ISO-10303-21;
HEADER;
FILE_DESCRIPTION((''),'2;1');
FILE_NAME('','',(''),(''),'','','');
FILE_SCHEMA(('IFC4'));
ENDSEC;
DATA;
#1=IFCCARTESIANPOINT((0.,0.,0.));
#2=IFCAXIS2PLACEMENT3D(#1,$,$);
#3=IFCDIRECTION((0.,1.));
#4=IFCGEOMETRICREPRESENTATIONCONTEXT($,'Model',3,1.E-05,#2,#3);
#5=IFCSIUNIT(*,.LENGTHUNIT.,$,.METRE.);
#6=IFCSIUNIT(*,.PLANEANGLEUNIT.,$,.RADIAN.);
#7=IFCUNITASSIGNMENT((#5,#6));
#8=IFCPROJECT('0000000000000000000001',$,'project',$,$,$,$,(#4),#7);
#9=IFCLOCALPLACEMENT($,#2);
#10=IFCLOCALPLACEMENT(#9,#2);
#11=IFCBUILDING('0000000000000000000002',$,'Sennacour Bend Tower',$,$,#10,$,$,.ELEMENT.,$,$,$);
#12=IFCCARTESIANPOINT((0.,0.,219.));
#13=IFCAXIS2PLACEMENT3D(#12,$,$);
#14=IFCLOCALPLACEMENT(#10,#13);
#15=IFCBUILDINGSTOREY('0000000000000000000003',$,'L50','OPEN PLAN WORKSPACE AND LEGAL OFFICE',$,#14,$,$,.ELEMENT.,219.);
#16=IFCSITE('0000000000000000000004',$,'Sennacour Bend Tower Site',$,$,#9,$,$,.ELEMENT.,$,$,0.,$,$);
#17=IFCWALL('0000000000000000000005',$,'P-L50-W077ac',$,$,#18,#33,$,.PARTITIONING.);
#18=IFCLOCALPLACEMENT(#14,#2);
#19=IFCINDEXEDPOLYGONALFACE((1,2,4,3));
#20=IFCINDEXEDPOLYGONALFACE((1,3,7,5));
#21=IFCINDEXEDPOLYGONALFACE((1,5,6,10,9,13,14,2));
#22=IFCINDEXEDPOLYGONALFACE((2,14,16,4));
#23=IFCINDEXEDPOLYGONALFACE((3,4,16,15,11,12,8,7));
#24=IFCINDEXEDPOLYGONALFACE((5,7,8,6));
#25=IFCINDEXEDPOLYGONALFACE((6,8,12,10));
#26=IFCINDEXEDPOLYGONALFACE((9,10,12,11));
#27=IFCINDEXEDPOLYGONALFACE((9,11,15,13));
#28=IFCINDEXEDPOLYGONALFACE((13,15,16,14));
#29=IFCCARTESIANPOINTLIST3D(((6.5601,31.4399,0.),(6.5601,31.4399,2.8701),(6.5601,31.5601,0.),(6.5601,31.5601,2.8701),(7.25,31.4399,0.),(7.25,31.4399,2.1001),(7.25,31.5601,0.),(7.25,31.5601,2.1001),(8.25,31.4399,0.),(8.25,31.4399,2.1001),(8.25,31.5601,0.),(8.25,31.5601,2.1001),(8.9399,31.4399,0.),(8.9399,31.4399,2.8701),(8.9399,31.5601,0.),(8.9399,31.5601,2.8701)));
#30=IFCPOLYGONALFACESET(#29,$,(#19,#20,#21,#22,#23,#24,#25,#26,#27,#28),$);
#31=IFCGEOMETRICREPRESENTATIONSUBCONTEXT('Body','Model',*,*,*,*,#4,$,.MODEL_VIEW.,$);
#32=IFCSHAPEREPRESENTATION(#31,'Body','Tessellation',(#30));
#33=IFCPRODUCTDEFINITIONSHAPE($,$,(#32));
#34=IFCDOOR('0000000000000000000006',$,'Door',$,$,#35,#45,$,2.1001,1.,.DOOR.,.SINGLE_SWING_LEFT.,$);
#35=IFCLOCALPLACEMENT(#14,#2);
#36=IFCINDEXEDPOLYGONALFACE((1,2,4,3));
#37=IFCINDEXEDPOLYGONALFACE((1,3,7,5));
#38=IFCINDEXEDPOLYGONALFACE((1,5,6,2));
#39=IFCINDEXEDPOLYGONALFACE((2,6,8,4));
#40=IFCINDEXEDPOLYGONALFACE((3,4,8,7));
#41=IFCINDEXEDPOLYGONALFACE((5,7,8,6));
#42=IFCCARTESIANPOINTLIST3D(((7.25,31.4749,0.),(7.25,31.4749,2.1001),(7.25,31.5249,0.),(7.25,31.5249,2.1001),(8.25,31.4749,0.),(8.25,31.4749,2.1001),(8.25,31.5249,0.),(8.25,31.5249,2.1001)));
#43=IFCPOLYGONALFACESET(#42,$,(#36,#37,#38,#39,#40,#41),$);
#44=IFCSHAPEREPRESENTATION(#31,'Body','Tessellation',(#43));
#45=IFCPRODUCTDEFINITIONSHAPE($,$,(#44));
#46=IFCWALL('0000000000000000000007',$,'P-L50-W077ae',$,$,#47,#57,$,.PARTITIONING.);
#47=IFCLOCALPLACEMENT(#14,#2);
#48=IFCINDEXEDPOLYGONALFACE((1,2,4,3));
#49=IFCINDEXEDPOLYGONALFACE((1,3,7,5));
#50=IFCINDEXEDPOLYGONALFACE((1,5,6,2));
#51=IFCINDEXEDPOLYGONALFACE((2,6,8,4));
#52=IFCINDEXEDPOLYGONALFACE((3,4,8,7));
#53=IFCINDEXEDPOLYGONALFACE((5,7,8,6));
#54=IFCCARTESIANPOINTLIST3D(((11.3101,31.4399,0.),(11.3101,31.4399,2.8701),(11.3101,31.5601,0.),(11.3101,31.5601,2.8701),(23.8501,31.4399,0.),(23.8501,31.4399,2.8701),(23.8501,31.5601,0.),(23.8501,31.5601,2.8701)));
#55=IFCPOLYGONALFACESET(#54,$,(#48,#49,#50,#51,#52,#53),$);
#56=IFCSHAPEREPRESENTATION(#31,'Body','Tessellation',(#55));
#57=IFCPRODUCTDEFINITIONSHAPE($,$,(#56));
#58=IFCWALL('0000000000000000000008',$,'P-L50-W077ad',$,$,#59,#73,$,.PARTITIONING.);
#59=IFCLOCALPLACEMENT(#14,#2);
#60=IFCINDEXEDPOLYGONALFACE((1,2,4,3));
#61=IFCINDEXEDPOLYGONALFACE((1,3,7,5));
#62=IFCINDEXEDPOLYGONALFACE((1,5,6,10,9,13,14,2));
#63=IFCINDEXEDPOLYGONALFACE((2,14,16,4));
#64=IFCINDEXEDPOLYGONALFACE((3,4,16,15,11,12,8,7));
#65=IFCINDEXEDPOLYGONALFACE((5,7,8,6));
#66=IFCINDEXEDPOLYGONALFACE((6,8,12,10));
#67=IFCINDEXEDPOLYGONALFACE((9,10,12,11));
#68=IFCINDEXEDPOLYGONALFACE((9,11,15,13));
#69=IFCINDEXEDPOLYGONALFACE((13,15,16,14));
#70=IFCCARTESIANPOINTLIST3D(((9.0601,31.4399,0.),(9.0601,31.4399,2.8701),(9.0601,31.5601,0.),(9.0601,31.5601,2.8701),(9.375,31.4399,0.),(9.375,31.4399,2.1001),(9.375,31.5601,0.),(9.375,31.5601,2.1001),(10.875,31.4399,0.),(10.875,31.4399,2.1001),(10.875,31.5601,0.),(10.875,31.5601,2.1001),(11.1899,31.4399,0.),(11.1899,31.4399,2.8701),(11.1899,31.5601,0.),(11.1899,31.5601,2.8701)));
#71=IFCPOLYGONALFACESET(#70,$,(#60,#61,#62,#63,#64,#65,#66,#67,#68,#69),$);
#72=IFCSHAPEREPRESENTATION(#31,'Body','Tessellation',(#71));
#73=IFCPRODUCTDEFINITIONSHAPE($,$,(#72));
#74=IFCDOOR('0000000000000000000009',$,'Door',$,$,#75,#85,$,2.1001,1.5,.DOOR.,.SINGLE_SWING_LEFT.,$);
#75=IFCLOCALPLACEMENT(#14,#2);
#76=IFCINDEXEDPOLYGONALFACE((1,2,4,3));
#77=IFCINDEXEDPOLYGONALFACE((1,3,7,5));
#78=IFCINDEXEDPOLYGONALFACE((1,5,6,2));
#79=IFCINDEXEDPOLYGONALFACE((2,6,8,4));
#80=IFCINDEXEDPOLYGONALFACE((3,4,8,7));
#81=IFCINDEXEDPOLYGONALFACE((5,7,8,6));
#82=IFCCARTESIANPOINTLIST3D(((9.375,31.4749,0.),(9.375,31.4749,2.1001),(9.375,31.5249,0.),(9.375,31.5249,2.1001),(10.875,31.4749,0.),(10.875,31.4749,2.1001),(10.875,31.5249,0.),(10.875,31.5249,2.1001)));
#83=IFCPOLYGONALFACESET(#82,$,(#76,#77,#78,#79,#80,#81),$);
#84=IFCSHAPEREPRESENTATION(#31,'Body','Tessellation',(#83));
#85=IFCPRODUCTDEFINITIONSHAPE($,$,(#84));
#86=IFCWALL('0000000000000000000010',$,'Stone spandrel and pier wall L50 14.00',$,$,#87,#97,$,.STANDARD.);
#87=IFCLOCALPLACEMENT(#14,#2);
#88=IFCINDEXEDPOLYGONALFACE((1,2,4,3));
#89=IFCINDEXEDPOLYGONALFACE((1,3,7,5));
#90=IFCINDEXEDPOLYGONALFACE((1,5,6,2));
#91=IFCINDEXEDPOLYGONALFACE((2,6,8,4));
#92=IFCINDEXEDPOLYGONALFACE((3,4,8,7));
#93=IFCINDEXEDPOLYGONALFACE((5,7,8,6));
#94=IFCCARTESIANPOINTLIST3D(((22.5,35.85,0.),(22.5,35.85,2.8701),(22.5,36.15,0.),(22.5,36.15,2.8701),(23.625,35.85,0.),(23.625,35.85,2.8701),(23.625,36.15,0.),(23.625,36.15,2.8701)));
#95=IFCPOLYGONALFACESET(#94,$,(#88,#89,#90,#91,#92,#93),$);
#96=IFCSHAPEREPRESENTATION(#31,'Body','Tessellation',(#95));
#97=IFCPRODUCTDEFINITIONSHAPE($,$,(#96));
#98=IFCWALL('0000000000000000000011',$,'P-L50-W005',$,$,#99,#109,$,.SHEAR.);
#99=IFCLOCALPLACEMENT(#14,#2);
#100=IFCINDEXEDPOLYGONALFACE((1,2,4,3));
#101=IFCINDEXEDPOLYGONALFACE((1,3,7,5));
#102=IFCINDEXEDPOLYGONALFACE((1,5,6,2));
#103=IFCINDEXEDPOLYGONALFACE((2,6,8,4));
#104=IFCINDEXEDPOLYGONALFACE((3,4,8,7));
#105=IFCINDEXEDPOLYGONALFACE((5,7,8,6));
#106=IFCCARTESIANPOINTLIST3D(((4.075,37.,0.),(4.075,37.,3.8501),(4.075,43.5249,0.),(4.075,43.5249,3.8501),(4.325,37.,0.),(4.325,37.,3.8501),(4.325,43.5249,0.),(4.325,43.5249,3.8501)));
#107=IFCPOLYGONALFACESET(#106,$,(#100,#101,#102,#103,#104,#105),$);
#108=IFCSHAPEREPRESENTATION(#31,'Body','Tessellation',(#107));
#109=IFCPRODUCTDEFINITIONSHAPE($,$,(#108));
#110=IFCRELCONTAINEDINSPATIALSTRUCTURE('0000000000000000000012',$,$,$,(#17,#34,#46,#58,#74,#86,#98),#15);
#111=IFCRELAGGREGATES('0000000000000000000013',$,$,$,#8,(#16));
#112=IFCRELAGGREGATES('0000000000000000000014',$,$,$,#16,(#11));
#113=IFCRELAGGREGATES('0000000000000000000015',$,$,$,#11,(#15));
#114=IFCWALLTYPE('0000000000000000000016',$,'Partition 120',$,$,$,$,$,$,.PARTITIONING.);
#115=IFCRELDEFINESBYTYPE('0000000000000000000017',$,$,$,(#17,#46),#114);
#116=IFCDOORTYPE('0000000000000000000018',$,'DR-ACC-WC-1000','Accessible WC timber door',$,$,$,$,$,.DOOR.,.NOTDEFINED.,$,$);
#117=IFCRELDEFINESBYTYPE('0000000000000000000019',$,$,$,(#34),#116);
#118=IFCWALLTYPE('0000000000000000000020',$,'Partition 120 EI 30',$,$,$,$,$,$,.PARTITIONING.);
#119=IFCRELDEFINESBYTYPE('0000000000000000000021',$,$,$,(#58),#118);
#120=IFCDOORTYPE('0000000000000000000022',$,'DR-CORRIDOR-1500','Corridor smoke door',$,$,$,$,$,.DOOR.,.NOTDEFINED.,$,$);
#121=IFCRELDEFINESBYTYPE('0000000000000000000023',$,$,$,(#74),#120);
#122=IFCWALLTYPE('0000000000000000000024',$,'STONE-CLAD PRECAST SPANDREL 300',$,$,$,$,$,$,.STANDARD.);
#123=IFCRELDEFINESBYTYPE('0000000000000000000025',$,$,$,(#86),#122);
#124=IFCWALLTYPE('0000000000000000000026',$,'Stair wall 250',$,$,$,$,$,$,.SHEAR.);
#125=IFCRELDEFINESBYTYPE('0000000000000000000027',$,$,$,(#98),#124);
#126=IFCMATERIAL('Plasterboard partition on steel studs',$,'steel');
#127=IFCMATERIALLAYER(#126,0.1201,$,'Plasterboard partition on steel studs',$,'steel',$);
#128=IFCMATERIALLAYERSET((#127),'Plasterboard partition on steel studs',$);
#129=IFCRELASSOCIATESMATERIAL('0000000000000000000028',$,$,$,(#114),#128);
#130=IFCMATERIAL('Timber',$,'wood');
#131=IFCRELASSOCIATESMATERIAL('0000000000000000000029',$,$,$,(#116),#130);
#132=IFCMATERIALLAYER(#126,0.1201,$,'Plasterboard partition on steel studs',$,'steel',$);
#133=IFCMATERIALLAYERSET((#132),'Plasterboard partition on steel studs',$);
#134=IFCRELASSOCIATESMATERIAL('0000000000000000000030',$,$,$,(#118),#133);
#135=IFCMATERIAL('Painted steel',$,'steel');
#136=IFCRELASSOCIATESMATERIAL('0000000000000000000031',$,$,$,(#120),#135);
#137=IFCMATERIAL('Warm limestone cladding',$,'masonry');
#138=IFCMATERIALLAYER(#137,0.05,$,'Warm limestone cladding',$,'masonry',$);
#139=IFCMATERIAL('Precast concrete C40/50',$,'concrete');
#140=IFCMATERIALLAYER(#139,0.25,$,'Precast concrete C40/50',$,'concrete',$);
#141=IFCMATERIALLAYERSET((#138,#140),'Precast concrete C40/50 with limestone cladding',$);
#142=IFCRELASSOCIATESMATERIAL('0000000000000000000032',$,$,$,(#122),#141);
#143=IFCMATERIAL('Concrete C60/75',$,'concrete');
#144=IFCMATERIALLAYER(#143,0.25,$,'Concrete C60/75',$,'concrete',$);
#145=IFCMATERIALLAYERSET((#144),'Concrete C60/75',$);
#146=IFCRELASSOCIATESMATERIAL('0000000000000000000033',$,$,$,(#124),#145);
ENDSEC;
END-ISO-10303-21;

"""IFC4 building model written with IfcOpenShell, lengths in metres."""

from ifc_helpers import new_model, si_unit, direction, frame, frame_2d, origin, place, context, subcontext, project, spatial, rectangle, extrude, material, layer, layer_set, type_object, element, fill, save


model = new_model("IFC4")

# Units and contexts
model_context = context("Model", 3, precision=1e-05, world=origin(), true_north=direction((0.0, 1.0)))
body_context = subcontext(model_context, "Body", "Model", "MODEL_VIEW")
ifc_project = project(units=[si_unit("LENGTHUNIT", "METRE"), si_unit("PLANEANGLEUNIT", "RADIAN")], contexts=[model_context])

# Site, building, storey
site_placement = place(None, origin())
site = spatial("IfcSite", under=ifc_project, at=site_placement, Name="Sennacour Bend Tower Site", CompositionType="ELEMENT", RefElevation=0.0)
building_placement = place(site_placement, origin())
building = spatial("IfcBuilding", under=site, at=building_placement, Name="Sennacour Bend Tower", CompositionType="ELEMENT")
storey_placement = place(building_placement, frame((0.0, 0.0, 219.0)))
storey = spatial("IfcBuildingStorey", under=building, at=storey_placement, Name="L50", Description="OPEN PLAN WORKSPACE AND LEGAL OFFICE", CompositionType="ELEMENT", Elevation=219.0)

# Shared definitions
ifc_material_1 = material(Name="Plasterboard partition on steel studs", Category="steel")
ifc_layer_1 = layer(ifc_material_1, 0.1201, Name="Plasterboard partition on steel studs", Category="steel")
ifc_layer_set_1 = layer_set([ifc_layer_1], Name="Plasterboard partition on steel studs")
wall_type_1 = type_object("IfcWallType", Name="Partition 120", PredefinedType="PARTITIONING", material=ifc_layer_set_1)

# Wall, opening, door
wall_1_placement = place(storey_placement, frame((6.5601, 31.5, 0.0), z_axis=(0.0, 0.0, 1.0), x_axis=(1.0, 0.0, 0.0)))
wall_1 = element("IfcWall", 1, at=wall_1_placement, inside=storey, type_object=wall_type_1, Name="P-L50-W077ac", PredefinedType="PARTITIONING", context=body_context, shape_type="SweptSolid", body=[
    extrude(rectangle(XDim=2.3799, YDim=0.1201, at=frame_2d((1.1899, 0.0))), origin(), (0.0, 0.0, 1.0), 2.8701),
])
opening_1_placement = place(wall_1_placement, frame((0.6899, 0.0, 0.0)))
opening_1 = element("IfcOpeningElement", 2, at=opening_1_placement, cuts=wall_1, PredefinedType="OPENING", context=body_context, shape_type="SweptSolid", body=[
    extrude(rectangle(XDim=1.0, YDim=2.1001, at=frame_2d((0.5, 1.05))), frame((0.0, 0.0701, 0.0), z_axis=(0.0, -1.0, 0.0), x_axis=(1.0, 0.0, 0.0)), (0.0, 0.0, 1.0), 0.1401),
])
ifc_material_2 = material(Name="Timber", Category="wood")
door_type_1 = type_object("IfcDoorType", Name="DR-ACC-WC-1000", Description="Accessible WC timber door", OperationType="NOTDEFINED", PredefinedType="DOOR", material=ifc_material_2)
door_1_placement = place(opening_1_placement, origin())
door_1 = element("IfcDoor", 3, at=door_1_placement, inside=storey, type_object=door_type_1, Name="Door", OperationType="SINGLE_SWING_LEFT", OverallHeight=2.1001, OverallWidth=1.0, PredefinedType="DOOR", context=body_context, shape_type="SweptSolid", body=[
    extrude(rectangle(XDim=1.0, YDim=2.1001, at=frame_2d((0.5, 1.05))), frame((0.0, 0.0249, 0.0), z_axis=(0.0, -1.0, 0.0), x_axis=(1.0, 0.0, 0.0)), (0.0, 0.0, 1.0), 0.05),
])
fill(opening_1, door_1)

# Wall
wall_2_placement = place(storey_placement, frame((11.3101, 31.5, 0.0), z_axis=(0.0, 0.0, 1.0), x_axis=(1.0, 0.0, 0.0)))
element("IfcWall", 4, at=wall_2_placement, inside=storey, type_object=wall_type_1, Name="P-L50-W077ae", PredefinedType="PARTITIONING", context=body_context, shape_type="SweptSolid", body=[
    extrude(rectangle(XDim=12.54, YDim=0.1201, at=frame_2d((6.27, 0.0))), origin(), (0.0, 0.0, 1.0), 2.8701),
])

# Wall, opening, door
ifc_layer_2 = layer(ifc_material_1, 0.1201, Name="Plasterboard partition on steel studs", Category="steel")
ifc_layer_set_2 = layer_set([ifc_layer_2], Name="Plasterboard partition on steel studs")
wall_type_2 = type_object("IfcWallType", Name="Partition 120 EI 30", PredefinedType="PARTITIONING", material=ifc_layer_set_2)
wall_3_placement = place(storey_placement, frame((9.0601, 31.5, 0.0), z_axis=(0.0, 0.0, 1.0), x_axis=(1.0, 0.0, 0.0)))
wall_3 = element("IfcWall", 5, at=wall_3_placement, inside=storey, type_object=wall_type_2, Name="P-L50-W077ad", PredefinedType="PARTITIONING", context=body_context, shape_type="SweptSolid", body=[
    extrude(rectangle(XDim=2.1299, YDim=0.1201, at=frame_2d((1.0649, 0.0))), origin(), (0.0, 0.0, 1.0), 2.8701),
])
opening_2_placement = place(wall_3_placement, frame((0.3149, 0.0, 0.0)))
opening_2 = element("IfcOpeningElement", 6, at=opening_2_placement, cuts=wall_3, PredefinedType="OPENING", context=body_context, shape_type="SweptSolid", body=[
    extrude(rectangle(XDim=1.5, YDim=2.1001, at=frame_2d((0.75, 1.05))), frame((0.0, 0.0701, 0.0), z_axis=(0.0, -1.0, 0.0), x_axis=(1.0, 0.0, 0.0)), (0.0, 0.0, 1.0), 0.1401),
])
ifc_material_3 = material(Name="Painted steel", Category="steel")
door_type_2 = type_object("IfcDoorType", Name="DR-CORRIDOR-1500", Description="Corridor smoke door", OperationType="NOTDEFINED", PredefinedType="DOOR", material=ifc_material_3)
door_2_placement = place(opening_2_placement, origin())
door_2 = element("IfcDoor", 7, at=door_2_placement, inside=storey, type_object=door_type_2, Name="Door", OperationType="SINGLE_SWING_LEFT", OverallHeight=2.1001, OverallWidth=1.5, PredefinedType="DOOR", context=body_context, shape_type="SweptSolid", body=[
    extrude(rectangle(XDim=1.5, YDim=2.1001, at=frame_2d((0.75, 1.05))), frame((0.0, 0.0249, 0.0), z_axis=(0.0, -1.0, 0.0), x_axis=(1.0, 0.0, 0.0)), (0.0, 0.0, 1.0), 0.05),
])
fill(opening_2, door_2)

# Walls
ifc_material_4 = material(Name="Warm limestone cladding", Category="masonry")
ifc_layer_3 = layer(ifc_material_4, 0.05, Name="Warm limestone cladding", Category="masonry")
ifc_material_5 = material(Name="Precast concrete C40/50", Category="concrete")
ifc_layer_4 = layer(ifc_material_5, 0.25, Name="Precast concrete C40/50", Category="concrete")
ifc_layer_set_3 = layer_set([ifc_layer_3, ifc_layer_4], Name="Precast concrete C40/50 with limestone cladding")
wall_type_3 = type_object("IfcWallType", Name="STONE-CLAD PRECAST SPANDREL 300", PredefinedType="STANDARD", material=ifc_layer_set_3)
wall_4_placement = place(storey_placement, frame((23.625, 36.0, 0.0), z_axis=(0.0, 0.0, 1.0), x_axis=(-1.0, 0.0, 0.0)))
element("IfcWall", 8, at=wall_4_placement, inside=storey, type_object=wall_type_3, Name="Stone spandrel and pier wall L50 14.00", PredefinedType="STANDARD", context=body_context, shape_type="SweptSolid", body=[
    extrude(rectangle(XDim=1.125, YDim=0.3, at=frame_2d((0.5625, 0.0))), origin(), (0.0, 0.0, 1.0), 2.8701),
])
ifc_material_6 = material(Name="Concrete C60/75", Category="concrete")
ifc_layer_5 = layer(ifc_material_6, 0.25, Name="Concrete C60/75", Category="concrete")
ifc_layer_set_4 = layer_set([ifc_layer_5], Name="Concrete C60/75")
wall_type_4 = type_object("IfcWallType", Name="Stair wall 250", PredefinedType="SHEAR", material=ifc_layer_set_4)
wall_5_placement = place(storey_placement, frame((4.2, 37.0, 0.0), z_axis=(0.0, 0.0, 1.0), x_axis=(0.0, 1.0, 0.0)))
element("IfcWall", 9, at=wall_5_placement, inside=storey, type_object=wall_type_4, Name="P-L50-W005", PredefinedType="SHEAR", context=body_context, shape_type="SweptSolid", body=[
    extrude(rectangle(XDim=6.5249, YDim=0.25, at=frame_2d((3.2625, 0.0))), origin(), (0.0, 0.0, 1.0), 3.8501),
])

save(model, "model.ifc")
